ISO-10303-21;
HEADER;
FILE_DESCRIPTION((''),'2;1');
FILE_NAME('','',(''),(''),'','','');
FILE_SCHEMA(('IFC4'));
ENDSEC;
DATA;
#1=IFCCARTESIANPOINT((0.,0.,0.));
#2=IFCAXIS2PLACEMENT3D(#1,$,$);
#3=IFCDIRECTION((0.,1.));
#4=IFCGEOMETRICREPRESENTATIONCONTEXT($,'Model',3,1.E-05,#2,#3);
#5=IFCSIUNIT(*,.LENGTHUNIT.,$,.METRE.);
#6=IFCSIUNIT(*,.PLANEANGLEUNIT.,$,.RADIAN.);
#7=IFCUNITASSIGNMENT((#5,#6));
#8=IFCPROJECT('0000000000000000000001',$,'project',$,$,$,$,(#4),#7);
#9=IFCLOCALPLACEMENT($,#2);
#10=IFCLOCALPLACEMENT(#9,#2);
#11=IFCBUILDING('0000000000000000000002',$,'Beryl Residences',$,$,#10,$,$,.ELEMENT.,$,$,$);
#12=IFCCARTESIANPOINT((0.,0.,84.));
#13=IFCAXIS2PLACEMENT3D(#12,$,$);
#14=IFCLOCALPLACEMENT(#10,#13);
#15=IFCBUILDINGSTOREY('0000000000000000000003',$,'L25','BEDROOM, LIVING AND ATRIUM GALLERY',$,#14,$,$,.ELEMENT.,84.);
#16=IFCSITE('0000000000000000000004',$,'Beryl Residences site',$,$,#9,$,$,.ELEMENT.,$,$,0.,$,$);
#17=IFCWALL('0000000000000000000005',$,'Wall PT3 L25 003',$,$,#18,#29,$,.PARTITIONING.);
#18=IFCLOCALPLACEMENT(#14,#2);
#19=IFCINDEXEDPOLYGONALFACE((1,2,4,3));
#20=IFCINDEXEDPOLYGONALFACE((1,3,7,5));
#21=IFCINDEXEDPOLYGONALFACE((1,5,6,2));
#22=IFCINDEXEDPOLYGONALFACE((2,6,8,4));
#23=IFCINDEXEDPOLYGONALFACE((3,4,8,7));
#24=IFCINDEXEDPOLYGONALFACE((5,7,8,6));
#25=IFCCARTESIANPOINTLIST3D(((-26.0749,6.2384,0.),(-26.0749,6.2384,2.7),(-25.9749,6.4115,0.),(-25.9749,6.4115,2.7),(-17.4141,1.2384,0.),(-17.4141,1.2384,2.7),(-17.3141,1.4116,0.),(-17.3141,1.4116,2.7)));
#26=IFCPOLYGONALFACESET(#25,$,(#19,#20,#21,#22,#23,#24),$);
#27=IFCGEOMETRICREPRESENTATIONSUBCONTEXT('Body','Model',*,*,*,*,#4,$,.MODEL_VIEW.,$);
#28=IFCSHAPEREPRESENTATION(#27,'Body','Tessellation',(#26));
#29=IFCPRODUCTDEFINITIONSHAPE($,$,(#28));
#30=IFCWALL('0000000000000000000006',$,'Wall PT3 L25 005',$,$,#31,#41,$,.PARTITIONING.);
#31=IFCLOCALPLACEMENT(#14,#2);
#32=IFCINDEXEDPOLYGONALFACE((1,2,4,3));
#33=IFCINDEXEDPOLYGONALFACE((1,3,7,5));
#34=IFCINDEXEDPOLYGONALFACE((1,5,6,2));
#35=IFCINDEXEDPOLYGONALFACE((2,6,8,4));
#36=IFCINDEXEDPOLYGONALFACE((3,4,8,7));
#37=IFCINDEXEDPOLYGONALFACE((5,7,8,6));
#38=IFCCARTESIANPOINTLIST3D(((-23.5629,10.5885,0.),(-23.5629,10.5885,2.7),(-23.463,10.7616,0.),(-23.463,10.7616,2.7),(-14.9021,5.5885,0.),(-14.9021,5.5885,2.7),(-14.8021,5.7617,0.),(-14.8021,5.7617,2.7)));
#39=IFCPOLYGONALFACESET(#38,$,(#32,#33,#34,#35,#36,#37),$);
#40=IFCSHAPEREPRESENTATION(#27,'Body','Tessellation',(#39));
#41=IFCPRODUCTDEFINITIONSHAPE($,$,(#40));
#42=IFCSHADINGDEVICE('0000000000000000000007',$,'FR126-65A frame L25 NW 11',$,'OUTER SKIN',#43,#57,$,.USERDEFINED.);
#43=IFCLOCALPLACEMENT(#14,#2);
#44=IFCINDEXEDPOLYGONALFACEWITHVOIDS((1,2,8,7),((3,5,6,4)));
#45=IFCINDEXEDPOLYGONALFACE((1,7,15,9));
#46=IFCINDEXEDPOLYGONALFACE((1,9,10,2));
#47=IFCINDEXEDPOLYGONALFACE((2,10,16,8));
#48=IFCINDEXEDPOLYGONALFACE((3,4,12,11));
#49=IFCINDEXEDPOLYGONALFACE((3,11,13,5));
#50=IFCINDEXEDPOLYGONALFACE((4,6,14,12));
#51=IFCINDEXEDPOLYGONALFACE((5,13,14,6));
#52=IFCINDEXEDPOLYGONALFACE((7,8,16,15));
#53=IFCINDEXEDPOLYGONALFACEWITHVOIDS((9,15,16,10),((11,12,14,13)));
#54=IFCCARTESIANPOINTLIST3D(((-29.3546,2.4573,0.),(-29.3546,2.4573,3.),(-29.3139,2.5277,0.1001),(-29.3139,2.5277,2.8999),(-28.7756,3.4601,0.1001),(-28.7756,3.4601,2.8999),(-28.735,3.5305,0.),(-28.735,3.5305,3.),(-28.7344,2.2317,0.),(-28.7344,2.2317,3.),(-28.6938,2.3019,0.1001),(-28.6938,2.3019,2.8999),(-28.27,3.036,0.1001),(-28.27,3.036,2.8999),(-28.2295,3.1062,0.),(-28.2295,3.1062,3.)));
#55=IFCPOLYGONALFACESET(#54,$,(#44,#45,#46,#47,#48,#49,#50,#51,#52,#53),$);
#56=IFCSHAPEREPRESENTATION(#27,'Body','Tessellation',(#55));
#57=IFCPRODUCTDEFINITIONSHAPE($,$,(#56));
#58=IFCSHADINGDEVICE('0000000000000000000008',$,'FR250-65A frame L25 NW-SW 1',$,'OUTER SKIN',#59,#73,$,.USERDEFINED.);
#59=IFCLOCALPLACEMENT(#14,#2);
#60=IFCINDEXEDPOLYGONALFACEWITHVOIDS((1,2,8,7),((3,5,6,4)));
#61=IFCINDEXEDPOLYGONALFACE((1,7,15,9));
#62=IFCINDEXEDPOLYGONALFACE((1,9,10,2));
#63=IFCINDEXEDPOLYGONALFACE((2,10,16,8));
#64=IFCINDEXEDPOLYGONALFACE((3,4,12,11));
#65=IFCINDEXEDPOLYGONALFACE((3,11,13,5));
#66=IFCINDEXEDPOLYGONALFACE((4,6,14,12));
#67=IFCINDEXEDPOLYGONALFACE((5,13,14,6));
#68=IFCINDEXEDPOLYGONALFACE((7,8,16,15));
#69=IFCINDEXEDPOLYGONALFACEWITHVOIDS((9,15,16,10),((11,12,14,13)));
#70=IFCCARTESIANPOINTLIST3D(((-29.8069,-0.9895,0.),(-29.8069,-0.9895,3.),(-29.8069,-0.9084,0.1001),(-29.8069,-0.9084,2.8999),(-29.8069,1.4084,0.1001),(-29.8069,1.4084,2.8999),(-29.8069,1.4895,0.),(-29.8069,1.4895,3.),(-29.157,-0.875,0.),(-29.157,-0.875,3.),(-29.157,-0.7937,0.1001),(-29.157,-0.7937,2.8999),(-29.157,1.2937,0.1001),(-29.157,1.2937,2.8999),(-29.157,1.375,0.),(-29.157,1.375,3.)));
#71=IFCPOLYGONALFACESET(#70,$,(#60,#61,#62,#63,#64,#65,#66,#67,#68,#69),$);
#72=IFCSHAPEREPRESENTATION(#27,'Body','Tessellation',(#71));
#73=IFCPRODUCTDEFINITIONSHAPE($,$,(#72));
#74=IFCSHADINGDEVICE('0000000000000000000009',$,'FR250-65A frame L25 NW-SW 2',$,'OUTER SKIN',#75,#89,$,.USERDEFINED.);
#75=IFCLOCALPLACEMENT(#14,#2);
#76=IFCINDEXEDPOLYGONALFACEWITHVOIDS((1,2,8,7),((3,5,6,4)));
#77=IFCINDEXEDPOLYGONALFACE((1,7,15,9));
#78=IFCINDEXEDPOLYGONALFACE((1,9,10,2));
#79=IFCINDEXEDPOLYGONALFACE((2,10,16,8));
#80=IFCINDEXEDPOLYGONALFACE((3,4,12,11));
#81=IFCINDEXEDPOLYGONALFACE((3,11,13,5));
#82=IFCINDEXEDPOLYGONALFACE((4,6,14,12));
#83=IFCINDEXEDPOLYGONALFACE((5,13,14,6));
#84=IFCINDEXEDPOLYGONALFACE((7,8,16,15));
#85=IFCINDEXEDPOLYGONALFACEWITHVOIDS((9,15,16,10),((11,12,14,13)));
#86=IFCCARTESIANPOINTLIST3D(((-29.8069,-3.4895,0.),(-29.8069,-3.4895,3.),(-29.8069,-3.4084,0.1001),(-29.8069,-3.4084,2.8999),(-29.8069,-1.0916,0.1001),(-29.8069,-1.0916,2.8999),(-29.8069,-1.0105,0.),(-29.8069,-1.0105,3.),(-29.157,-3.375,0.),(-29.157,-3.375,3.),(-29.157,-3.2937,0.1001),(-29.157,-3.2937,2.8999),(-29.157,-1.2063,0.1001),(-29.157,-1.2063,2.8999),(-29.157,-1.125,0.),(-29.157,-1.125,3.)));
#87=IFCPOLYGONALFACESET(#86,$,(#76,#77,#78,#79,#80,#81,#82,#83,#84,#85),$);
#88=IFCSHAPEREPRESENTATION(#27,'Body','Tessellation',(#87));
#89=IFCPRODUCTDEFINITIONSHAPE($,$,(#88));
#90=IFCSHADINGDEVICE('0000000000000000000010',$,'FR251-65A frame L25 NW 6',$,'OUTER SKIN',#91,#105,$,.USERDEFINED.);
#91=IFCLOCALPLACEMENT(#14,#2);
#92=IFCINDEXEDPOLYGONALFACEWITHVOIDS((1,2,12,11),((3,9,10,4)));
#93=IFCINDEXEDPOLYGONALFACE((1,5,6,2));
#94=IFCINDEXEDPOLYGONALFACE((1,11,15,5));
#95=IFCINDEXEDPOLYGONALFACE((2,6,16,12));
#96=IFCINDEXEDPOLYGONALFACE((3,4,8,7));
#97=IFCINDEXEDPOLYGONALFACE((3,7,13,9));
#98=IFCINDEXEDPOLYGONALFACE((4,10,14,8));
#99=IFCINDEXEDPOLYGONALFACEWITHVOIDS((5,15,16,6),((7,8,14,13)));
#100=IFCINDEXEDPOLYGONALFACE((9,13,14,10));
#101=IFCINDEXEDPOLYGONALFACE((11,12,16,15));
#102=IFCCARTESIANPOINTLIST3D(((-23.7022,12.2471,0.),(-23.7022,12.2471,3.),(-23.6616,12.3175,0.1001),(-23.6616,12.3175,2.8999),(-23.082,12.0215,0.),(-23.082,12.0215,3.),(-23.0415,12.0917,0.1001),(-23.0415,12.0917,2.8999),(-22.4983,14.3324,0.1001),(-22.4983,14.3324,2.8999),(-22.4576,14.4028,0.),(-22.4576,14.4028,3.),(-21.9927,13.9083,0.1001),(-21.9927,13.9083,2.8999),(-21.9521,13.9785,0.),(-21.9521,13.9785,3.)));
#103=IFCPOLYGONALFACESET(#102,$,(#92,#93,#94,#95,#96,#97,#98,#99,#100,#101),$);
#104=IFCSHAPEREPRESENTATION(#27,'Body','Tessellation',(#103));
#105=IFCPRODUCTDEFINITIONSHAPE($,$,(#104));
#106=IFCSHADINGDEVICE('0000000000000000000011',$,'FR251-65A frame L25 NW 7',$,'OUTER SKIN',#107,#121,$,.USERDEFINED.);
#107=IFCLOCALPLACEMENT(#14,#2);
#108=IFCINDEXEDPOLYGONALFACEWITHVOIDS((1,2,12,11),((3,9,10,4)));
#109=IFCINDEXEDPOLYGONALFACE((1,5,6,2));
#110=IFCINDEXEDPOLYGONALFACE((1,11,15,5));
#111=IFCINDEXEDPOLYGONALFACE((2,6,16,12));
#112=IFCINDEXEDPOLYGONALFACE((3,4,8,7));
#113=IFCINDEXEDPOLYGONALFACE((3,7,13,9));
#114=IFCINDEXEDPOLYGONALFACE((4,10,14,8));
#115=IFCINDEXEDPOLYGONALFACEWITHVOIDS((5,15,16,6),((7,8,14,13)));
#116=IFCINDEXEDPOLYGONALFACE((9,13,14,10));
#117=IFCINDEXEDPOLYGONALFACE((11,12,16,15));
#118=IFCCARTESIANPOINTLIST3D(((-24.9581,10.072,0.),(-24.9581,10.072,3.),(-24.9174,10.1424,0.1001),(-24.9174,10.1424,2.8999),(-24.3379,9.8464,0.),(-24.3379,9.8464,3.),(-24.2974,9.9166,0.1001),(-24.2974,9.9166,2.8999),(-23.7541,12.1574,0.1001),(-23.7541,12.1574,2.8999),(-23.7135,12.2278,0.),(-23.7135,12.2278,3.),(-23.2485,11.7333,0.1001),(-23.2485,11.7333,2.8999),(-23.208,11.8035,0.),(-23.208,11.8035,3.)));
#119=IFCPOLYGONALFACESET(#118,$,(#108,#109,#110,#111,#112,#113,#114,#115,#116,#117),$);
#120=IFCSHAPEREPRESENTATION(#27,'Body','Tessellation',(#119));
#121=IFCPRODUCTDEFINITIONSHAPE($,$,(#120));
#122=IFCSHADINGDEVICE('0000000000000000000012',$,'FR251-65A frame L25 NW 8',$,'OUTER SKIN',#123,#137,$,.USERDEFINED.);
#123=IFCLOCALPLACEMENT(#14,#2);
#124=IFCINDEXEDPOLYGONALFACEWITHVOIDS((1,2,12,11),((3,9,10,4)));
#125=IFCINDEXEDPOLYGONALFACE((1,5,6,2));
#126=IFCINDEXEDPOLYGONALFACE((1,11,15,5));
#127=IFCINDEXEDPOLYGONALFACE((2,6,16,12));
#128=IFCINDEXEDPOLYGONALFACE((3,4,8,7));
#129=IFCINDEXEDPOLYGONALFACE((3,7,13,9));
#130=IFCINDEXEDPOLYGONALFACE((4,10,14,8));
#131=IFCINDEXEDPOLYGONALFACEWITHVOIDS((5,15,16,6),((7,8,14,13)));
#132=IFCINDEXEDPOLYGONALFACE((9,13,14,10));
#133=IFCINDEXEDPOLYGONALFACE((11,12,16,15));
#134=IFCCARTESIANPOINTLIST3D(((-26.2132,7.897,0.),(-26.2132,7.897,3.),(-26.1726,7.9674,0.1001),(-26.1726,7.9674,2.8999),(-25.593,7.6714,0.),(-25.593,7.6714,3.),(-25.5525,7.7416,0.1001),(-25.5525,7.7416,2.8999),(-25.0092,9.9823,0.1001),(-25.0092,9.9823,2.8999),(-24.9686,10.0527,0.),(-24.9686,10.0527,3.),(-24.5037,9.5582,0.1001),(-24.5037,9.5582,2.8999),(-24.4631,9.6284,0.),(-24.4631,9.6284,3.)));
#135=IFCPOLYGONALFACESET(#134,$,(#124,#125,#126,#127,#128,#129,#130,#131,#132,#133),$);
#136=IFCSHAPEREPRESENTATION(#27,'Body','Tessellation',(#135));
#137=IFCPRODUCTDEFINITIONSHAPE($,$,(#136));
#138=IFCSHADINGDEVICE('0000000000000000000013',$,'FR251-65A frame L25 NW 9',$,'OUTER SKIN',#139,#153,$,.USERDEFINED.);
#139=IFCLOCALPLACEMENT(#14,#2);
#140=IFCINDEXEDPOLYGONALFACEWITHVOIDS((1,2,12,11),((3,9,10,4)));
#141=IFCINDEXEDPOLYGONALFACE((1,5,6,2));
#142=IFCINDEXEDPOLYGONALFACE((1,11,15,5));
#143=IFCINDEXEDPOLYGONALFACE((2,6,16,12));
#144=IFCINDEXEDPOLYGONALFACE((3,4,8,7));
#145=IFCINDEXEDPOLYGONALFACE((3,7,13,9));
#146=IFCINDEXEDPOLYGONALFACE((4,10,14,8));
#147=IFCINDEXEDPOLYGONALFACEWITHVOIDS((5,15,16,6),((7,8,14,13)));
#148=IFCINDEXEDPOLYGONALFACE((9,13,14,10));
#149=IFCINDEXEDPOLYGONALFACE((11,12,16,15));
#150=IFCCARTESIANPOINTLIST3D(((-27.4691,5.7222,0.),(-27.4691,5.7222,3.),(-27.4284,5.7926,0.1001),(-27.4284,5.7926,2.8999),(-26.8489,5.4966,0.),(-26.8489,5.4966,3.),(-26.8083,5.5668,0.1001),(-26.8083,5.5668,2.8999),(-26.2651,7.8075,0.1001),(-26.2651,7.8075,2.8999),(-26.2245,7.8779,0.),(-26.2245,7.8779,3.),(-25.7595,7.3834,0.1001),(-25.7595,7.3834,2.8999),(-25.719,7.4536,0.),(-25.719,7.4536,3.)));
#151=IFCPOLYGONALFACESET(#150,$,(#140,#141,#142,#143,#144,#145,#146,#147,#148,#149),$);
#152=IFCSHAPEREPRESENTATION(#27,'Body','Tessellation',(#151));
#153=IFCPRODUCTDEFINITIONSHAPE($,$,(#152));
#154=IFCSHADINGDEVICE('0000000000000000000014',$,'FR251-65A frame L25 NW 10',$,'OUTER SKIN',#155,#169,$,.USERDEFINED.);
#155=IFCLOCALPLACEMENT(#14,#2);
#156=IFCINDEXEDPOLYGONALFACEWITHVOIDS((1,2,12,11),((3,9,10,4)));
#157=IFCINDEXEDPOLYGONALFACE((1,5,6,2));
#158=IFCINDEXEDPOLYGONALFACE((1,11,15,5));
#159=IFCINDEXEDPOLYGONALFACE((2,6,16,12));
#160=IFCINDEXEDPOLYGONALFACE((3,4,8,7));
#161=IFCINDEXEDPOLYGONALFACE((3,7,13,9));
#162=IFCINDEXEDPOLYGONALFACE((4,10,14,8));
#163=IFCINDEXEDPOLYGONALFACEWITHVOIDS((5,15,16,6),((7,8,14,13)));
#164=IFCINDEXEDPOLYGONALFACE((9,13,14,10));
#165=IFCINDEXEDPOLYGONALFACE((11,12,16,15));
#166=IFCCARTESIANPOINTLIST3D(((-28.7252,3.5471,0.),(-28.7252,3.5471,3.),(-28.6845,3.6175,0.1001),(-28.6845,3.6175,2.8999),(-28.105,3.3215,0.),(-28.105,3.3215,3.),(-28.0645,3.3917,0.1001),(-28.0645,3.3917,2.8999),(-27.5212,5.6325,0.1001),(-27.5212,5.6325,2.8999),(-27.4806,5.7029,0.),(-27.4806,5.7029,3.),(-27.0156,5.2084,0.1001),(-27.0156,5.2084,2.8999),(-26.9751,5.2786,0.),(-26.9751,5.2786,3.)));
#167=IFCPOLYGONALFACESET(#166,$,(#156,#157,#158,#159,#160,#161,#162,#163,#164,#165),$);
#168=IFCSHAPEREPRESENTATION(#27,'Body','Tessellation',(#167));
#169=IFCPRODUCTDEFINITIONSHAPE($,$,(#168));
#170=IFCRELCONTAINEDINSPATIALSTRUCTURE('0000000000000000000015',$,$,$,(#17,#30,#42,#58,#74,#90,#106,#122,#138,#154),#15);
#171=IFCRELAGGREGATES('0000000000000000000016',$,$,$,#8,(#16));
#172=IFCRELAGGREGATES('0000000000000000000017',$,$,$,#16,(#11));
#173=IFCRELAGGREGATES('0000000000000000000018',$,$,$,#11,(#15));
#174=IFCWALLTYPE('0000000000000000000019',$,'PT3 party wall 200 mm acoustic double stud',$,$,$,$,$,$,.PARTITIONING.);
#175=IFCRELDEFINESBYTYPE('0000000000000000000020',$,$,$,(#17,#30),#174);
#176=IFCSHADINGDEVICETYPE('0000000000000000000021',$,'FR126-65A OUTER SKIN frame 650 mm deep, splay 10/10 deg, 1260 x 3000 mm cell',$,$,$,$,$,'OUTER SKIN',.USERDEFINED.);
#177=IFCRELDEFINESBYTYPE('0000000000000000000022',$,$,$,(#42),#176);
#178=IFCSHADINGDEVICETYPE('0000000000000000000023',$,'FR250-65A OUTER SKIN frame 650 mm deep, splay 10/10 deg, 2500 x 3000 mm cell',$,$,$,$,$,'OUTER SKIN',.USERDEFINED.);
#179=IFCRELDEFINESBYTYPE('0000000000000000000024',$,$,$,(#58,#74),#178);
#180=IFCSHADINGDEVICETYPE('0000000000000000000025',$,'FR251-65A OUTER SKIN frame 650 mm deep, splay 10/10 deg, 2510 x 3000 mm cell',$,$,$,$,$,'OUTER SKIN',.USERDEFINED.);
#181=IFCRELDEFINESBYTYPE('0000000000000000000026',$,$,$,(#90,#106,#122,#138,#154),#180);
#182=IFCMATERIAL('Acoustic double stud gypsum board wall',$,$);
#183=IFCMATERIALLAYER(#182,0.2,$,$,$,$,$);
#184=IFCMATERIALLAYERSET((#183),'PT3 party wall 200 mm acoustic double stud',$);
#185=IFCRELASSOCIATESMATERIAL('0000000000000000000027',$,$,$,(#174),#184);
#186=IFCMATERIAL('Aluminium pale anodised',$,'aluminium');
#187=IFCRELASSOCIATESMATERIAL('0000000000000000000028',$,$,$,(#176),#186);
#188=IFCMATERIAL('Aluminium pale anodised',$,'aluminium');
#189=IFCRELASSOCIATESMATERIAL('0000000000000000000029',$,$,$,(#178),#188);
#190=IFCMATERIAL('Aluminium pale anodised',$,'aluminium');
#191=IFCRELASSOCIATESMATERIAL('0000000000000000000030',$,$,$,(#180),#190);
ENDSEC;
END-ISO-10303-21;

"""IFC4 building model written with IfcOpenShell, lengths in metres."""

from ifc_helpers import new_model, entity, si_unit, direction, frame, frame_2d, origin, place, context, subcontext, project, spatial, rectangle, extrude, source, transform, mapped, material, layer, layer_set, type_object, type_shapes, element, save


model = new_model("IFC4")

# Units and contexts
model_context = context("Model", 3, precision=1e-05, world=origin(), true_north=direction((0.0, 1.0)))
body_context = subcontext(model_context, "Body", "Model", "MODEL_VIEW")
ifc_project = project(units=[si_unit("LENGTHUNIT", "METRE"), si_unit("PLANEANGLEUNIT", "RADIAN")], contexts=[model_context])

# Site, building, storey
site_placement = place(None, origin())
site = spatial("IfcSite", under=ifc_project, at=site_placement, Name="Beryl Residences site", CompositionType="ELEMENT", RefElevation=0.0)
building_placement = place(site_placement, origin())
building = spatial("IfcBuilding", under=site, at=building_placement, Name="Beryl Residences", CompositionType="ELEMENT")
storey_placement = place(building_placement, frame((0.0, 0.0, 84.0)))
storey = spatial("IfcBuildingStorey", under=building, at=storey_placement, Name="L25", Description="BEDROOM, LIVING AND ATRIUM GALLERY", CompositionType="ELEMENT", Elevation=84.0)

# Walls
ifc_material_1 = material(Name="Acoustic double stud gypsum board wall")
ifc_layer_1 = layer(ifc_material_1, 0.2)
ifc_layer_set_1 = layer_set([ifc_layer_1], Name="PT3 party wall 200 mm acoustic double stud")
wall_type_1 = type_object("IfcWallType", Name="PT3 party wall 200 mm acoustic double stud", PredefinedType="PARTITIONING", material=ifc_layer_set_1)
for number, where, z_axis, x_axis, name in (
    (1, (-26.0249, 6.325, 0.0), (0.0, 0.0, 1.0), (0.866041, -0.499973, 0.0), "Wall PT3 L25 003"),
    (2, (-23.5129, 10.675, 0.0), (0.0, 0.0, 1.0), (0.866041, -0.499973, 0.0), "Wall PT3 L25 005"),
):
    element("IfcWall", number, at=place(storey_placement, frame(where, z_axis=z_axis, x_axis=x_axis)), inside=storey, type_object=wall_type_1, Name=name, PredefinedType="PARTITIONING", context=body_context, shape_type="SweptSolid", body=[
        extrude(rectangle(XDim=10.0005, YDim=0.2, at=frame_2d((5.0002, 0.0))), origin(), (0.0, 0.0, 1.0), 2.7),
    ])

# Shading devices
ifc_material_2 = material(Name="Aluminium pale anodised", Category="aluminium")
shading_device_type_1 = type_object("IfcShadingDeviceType", Name="FR126-65A OUTER SKIN frame 650 mm deep, splay 10/10 deg, 1260 x 3000 mm cell", ElementType="OUTER SKIN", PredefinedType="USERDEFINED", material=ifc_material_2)
cartesian_point_1 = entity("IfcCartesianPoint", [-0.5049, 0.0])
cartesian_point_2 = entity("IfcCartesianPoint", [-0.4238, 0.1001])
cartesian_point_3 = entity("IfcCartesianPoint", [-0.6196, 0.0])
cartesian_point_4 = entity("IfcCartesianPoint", [-0.5383, 0.1001])
shared_shape_1 = source(origin(), body_context, "Body", "SweptSolid", [
    entity("IfcExtrudedAreaSolidTapered", entity("IfcArbitraryProfileDefWithVoids", "AREA", None, entity("IfcPolyline", [cartesian_point_1, entity("IfcCartesianPoint", [0.5049, 0.0]), entity("IfcCartesianPoint", [0.5049, 3.0]), entity("IfcCartesianPoint", [-0.5049, 3.0]), cartesian_point_1]), [entity("IfcPolyline", [cartesian_point_2, entity("IfcCartesianPoint", [0.4238, 0.1001]), entity("IfcCartesianPoint", [0.4238, 2.8999]), entity("IfcCartesianPoint", [-0.4238, 2.8999]), cartesian_point_2])]), entity("IfcAxis2Placement3D", entity("IfcCartesianPoint", [0.0, 0.0, 0.0]), entity("IfcDirection", [0.0, 1.0, 0.0]), entity("IfcDirection", [-1.0, 0.0, 0.0])), entity("IfcDirection", [0.0, 0.0, 1.0]), 0.6499, entity("IfcArbitraryProfileDefWithVoids", "AREA", None, entity("IfcPolyline", [cartesian_point_3, entity("IfcCartesianPoint", [0.6196, 0.0]), entity("IfcCartesianPoint", [0.6196, 3.0]), entity("IfcCartesianPoint", [-0.6196, 3.0]), cartesian_point_3]), [entity("IfcPolyline", [cartesian_point_4, entity("IfcCartesianPoint", [0.5383, 0.1001]), entity("IfcCartesianPoint", [0.5383, 2.8999]), entity("IfcCartesianPoint", [-0.5383, 2.8999]), cartesian_point_4])])),
])
type_shapes(shading_device_type_1, [shared_shape_1])
shading_device_placement = place(storey_placement, frame((-28.4819, 2.6689, 0.0), z_axis=(0.0, 0.0, 1.0), x_axis=(0.5, 0.866025, 0.0)))
element("IfcShadingDevice", 3, at=shading_device_placement, inside=storey, type_object=shading_device_type_1, Name="FR126-65A frame L25 NW 11", ObjectType="OUTER SKIN", PredefinedType="USERDEFINED", context=body_context, shape_type="MappedRepresentation", body=[
    mapped(shared_shape_1, transform((0.0, 0.0, 0.0))),
])
ifc_material_3 = material(Name="Aluminium pale anodised", Category="aluminium")
shading_device_type_2 = type_object("IfcShadingDeviceType", Name="FR250-65A OUTER SKIN frame 650 mm deep, splay 10/10 deg, 2500 x 3000 mm cell", ElementType="OUTER SKIN", PredefinedType="USERDEFINED", material=ifc_material_3)
cartesian_point_5 = entity("IfcCartesianPoint", [-1.125, 0.0])
cartesian_point_6 = entity("IfcCartesianPoint", [-1.0437, 0.1001])
cartesian_point_7 = entity("IfcCartesianPoint", [-1.2395, 0.0])
cartesian_point_8 = entity("IfcCartesianPoint", [-1.1584, 0.1001])
shared_shape_2 = source(origin(), body_context, "Body", "SweptSolid", [
    entity("IfcExtrudedAreaSolidTapered", entity("IfcArbitraryProfileDefWithVoids", "AREA", None, entity("IfcPolyline", [cartesian_point_5, entity("IfcCartesianPoint", [1.125, 0.0]), entity("IfcCartesianPoint", [1.125, 3.0]), entity("IfcCartesianPoint", [-1.125, 3.0]), cartesian_point_5]), [entity("IfcPolyline", [cartesian_point_6, entity("IfcCartesianPoint", [1.0437, 0.1001]), entity("IfcCartesianPoint", [1.0437, 2.8999]), entity("IfcCartesianPoint", [-1.0437, 2.8999]), cartesian_point_6])]), entity("IfcAxis2Placement3D", entity("IfcCartesianPoint", [0.0, 0.0, 0.0]), entity("IfcDirection", [0.0, 1.0, 0.0]), entity("IfcDirection", [-1.0, 0.0, 0.0])), entity("IfcDirection", [0.0, 0.0, 1.0]), 0.6499, entity("IfcArbitraryProfileDefWithVoids", "AREA", None, entity("IfcPolyline", [cartesian_point_7, entity("IfcCartesianPoint", [1.2395, 0.0]), entity("IfcCartesianPoint", [1.2395, 3.0]), entity("IfcCartesianPoint", [-1.2395, 3.0]), cartesian_point_7]), [entity("IfcPolyline", [cartesian_point_8, entity("IfcCartesianPoint", [1.1584, 0.1001]), entity("IfcCartesianPoint", [1.1584, 2.8999]), entity("IfcCartesianPoint", [-1.1584, 2.8999]), cartesian_point_8])])),
])
type_shapes(shading_device_type_2, [shared_shape_2])
for number, where, z_axis, x_axis, name in (
    (4, (-29.157, 0.25, 0.0), (0.0, 0.0, 1.0), (0.0, 1.0, 0.0), "FR250-65A frame L25 NW-SW 1"),
    (5, (-29.157, -2.25, 0.0), (0.0, 0.0, 1.0), (0.0, 1.0, 0.0), "FR250-65A frame L25 NW-SW 2"),
):
    element("IfcShadingDevice", number, at=place(storey_placement, frame(where, z_axis=z_axis, x_axis=x_axis)), inside=storey, type_object=shading_device_type_2, Name=name, ObjectType="OUTER SKIN", PredefinedType="USERDEFINED", context=body_context, shape_type="MappedRepresentation", body=[
        mapped(shared_shape_2, transform((0.0, 0.0, 0.0))),
    ])
ifc_material_4 = material(Name="Aluminium pale anodised", Category="aluminium")
shading_device_type_3 = type_object("IfcShadingDeviceType", Name="FR251-65A OUTER SKIN frame 650 mm deep, splay 10/10 deg, 2510 x 3000 mm cell", ElementType="OUTER SKIN", PredefinedType="USERDEFINED", material=ifc_material_4)
cartesian_point_9 = entity("IfcCartesianPoint", [-1.1299, 0.0])
cartesian_point_10 = entity("IfcCartesianPoint", [-1.0488, 0.1001])
cartesian_point_11 = entity("IfcCartesianPoint", [-1.2446, 0.0])
cartesian_point_12 = entity("IfcCartesianPoint", [-1.1633, 0.1001])
shared_shape_3 = source(origin(), body_context, "Body", "SweptSolid", [
    entity("IfcExtrudedAreaSolidTapered", entity("IfcArbitraryProfileDefWithVoids", "AREA", None, entity("IfcPolyline", [cartesian_point_9, entity("IfcCartesianPoint", [1.1299, 0.0]), entity("IfcCartesianPoint", [1.1299, 3.0]), entity("IfcCartesianPoint", [-1.1299, 3.0]), cartesian_point_9]), [entity("IfcPolyline", [cartesian_point_10, entity("IfcCartesianPoint", [1.0488, 0.1001]), entity("IfcCartesianPoint", [1.0488, 2.8999]), entity("IfcCartesianPoint", [-1.0488, 2.8999]), cartesian_point_10])]), entity("IfcAxis2Placement3D", entity("IfcCartesianPoint", [0.0, 0.0, 0.0]), entity("IfcDirection", [0.0, 1.0, 0.0]), entity("IfcDirection", [-1.0, 0.0, 0.0])), entity("IfcDirection", [0.0, 0.0, 1.0]), 0.6499, entity("IfcArbitraryProfileDefWithVoids", "AREA", None, entity("IfcPolyline", [cartesian_point_11, entity("IfcCartesianPoint", [1.2446, 0.0]), entity("IfcCartesianPoint", [1.2446, 3.0]), entity("IfcCartesianPoint", [-1.2446, 3.0]), cartesian_point_11]), [entity("IfcPolyline", [cartesian_point_12, entity("IfcCartesianPoint", [1.1633, 0.1001]), entity("IfcCartesianPoint", [1.1633, 2.8999]), entity("IfcCartesianPoint", [-1.1633, 2.8999]), cartesian_point_12])])),
])
type_shapes(shading_device_type_3, [shared_shape_3])
for number, where, z_axis, x_axis, name in (
    (6, (-22.5171, 13.0, 0.0), (0.0, 0.0, 1.0), (0.5, 0.866025, 0.0), "FR251-65A frame L25 NW 6"),
    (7, (-23.7729, 10.825, 0.0), (0.0, 0.0, 1.0), (0.5, 0.866025, 0.0), "FR251-65A frame L25 NW 7"),
    (8, (-25.0281, 8.6499, 0.0), (0.0, 0.0, 1.0), (0.5, 0.866025, 0.0), "FR251-65A frame L25 NW 8"),
    (9, (-26.2839, 6.4751, 0.0), (0.0, 0.0, 1.0), (0.5, 0.866025, 0.0), "FR251-65A frame L25 NW 9"),
    (10, (-27.54, 4.3, 0.0), (0.0, 0.0, 1.0), (0.5, 0.866025, 0.0), "FR251-65A frame L25 NW 10"),
):
    element("IfcShadingDevice", number, at=place(storey_placement, frame(where, z_axis=z_axis, x_axis=x_axis)), inside=storey, type_object=shading_device_type_3, Name=name, ObjectType="OUTER SKIN", PredefinedType="USERDEFINED", context=body_context, shape_type="MappedRepresentation", body=[
        mapped(shared_shape_3, transform((0.0, 0.0, 0.0))),
    ])

save(model, "model.ifc")
